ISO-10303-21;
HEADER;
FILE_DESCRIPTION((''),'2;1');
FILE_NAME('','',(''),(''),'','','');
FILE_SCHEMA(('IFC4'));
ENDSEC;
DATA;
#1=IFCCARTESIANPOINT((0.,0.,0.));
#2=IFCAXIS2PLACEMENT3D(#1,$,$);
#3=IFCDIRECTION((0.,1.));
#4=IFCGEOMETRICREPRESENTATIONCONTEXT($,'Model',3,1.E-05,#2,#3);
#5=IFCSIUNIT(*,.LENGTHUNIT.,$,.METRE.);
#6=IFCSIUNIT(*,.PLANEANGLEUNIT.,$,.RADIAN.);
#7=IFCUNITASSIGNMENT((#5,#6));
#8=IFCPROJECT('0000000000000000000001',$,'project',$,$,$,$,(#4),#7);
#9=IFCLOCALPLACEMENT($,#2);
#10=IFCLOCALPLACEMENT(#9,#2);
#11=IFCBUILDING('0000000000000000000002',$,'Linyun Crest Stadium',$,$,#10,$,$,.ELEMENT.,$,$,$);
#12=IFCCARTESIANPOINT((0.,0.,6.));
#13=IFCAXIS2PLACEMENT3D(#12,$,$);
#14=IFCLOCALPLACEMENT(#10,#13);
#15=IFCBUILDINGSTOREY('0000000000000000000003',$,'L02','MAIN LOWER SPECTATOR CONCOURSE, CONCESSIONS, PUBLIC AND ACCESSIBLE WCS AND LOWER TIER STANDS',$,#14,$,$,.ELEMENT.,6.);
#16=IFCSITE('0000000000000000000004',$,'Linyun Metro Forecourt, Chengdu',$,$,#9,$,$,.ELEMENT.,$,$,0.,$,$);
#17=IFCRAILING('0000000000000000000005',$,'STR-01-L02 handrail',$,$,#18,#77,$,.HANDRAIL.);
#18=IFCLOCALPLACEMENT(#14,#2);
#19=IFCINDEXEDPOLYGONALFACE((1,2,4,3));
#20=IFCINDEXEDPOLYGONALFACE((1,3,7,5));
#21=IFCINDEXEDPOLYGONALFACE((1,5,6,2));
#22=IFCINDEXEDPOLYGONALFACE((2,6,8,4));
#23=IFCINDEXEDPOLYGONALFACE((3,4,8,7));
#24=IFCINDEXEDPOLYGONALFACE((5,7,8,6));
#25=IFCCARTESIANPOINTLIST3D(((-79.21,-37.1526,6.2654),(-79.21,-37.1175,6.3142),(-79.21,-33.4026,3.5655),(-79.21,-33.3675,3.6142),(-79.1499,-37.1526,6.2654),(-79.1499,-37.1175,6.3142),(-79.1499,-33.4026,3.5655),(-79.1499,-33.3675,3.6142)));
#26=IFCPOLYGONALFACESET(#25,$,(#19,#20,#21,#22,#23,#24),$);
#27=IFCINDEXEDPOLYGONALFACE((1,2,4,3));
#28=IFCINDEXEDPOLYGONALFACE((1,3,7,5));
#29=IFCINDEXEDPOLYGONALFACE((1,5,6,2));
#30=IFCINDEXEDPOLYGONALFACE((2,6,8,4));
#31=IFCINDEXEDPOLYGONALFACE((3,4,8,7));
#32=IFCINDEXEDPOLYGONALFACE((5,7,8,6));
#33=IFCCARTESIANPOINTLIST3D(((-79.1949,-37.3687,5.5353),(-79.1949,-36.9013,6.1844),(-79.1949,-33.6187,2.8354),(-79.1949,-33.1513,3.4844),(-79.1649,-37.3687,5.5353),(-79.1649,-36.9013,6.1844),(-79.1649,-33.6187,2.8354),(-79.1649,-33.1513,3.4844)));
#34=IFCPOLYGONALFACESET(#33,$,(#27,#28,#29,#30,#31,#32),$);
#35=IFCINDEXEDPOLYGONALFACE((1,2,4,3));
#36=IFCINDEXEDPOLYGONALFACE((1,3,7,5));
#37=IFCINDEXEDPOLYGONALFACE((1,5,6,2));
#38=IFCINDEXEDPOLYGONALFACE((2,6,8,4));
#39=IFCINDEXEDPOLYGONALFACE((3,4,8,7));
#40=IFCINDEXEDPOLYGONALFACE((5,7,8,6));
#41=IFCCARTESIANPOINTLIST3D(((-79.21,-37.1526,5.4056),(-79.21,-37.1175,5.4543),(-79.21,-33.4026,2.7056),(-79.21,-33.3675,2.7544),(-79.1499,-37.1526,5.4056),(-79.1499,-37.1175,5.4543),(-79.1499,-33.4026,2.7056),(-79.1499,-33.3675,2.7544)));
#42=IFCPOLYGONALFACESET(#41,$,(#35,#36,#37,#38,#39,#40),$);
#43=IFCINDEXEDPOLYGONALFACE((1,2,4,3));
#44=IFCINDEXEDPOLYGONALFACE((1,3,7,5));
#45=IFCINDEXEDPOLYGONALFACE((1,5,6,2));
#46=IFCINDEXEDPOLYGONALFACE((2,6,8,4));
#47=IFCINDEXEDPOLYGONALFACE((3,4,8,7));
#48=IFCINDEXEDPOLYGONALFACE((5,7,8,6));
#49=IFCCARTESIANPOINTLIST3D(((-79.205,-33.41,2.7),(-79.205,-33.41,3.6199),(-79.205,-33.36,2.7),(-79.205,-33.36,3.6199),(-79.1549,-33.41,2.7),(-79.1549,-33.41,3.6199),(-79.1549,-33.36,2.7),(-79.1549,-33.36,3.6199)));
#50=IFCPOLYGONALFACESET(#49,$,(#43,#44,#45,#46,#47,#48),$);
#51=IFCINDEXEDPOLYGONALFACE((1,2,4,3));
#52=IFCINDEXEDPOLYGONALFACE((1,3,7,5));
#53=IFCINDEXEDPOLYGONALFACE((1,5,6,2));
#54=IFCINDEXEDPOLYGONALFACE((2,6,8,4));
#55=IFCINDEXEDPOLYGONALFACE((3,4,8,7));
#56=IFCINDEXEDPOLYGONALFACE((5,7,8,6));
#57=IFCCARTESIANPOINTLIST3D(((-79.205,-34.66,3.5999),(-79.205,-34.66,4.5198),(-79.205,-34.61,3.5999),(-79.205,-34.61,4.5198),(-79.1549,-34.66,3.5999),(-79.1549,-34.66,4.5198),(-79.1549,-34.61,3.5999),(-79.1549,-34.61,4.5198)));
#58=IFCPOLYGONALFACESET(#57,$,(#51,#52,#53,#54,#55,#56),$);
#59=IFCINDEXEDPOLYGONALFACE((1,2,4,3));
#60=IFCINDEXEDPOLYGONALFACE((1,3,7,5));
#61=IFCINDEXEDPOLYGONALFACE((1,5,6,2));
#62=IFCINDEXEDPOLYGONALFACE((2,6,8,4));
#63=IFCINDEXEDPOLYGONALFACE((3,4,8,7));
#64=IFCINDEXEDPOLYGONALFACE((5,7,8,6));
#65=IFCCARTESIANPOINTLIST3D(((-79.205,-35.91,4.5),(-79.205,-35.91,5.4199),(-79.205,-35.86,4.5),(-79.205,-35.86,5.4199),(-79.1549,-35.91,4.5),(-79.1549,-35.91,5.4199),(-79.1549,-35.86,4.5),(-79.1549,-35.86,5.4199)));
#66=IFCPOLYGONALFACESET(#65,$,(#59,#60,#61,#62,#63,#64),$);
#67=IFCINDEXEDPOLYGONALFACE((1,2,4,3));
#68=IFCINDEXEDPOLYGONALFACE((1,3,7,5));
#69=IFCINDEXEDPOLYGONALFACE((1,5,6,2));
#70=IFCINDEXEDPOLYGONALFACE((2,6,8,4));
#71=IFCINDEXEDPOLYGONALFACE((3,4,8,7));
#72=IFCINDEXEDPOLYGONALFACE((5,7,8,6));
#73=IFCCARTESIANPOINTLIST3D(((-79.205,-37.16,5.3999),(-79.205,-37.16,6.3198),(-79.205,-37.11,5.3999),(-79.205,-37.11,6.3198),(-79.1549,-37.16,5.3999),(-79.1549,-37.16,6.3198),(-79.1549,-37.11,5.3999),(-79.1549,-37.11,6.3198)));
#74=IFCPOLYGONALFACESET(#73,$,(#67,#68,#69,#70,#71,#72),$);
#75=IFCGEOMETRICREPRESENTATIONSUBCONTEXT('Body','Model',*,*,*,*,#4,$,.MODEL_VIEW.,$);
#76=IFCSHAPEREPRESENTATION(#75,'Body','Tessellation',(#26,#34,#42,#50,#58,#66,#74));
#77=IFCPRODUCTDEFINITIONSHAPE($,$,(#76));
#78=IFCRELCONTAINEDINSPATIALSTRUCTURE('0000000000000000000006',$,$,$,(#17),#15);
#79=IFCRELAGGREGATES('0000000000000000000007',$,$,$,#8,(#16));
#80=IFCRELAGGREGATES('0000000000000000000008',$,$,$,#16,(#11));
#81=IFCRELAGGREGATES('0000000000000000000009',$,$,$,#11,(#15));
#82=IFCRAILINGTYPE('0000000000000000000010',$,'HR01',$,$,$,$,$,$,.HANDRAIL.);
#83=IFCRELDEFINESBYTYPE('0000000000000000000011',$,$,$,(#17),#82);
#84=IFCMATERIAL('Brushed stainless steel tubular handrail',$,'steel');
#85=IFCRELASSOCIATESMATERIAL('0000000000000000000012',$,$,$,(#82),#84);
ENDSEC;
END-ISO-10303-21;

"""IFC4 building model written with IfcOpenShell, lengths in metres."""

from ifc_helpers import new_model, si_unit, direction, frame, origin, origin_2d, place, context, subcontext, project, spatial, rectangle, extrude, material, type_object, element, save


model = new_model("IFC4")

# Units and contexts
model_context = context("Model", 3, precision=1e-05, world=origin(), true_north=direction((0.0, 1.0)))
body_context = subcontext(model_context, "Body", "Model", "MODEL_VIEW")
ifc_project = project(units=[si_unit("LENGTHUNIT", "METRE"), si_unit("PLANEANGLEUNIT", "RADIAN")], contexts=[model_context])

# Site, building, storey
site_placement = place(None, origin())
site = spatial("IfcSite", under=ifc_project, at=site_placement, Name="Linyun Metro Forecourt, Chengdu", CompositionType="ELEMENT", RefElevation=0.0)
building_placement = place(site_placement, origin())
building = spatial("IfcBuilding", under=site, at=building_placement, Name="Linyun Crest Stadium", CompositionType="ELEMENT")
storey_placement = place(building_placement, frame((0.0, 0.0, 6.0)))
storey = spatial("IfcBuildingStorey", under=building, at=storey_placement, Name="L02", Description="MAIN LOWER SPECTATOR CONCOURSE, CONCESSIONS, PUBLIC AND ACCESSIBLE WCS AND LOWER TIER STANDS", CompositionType="ELEMENT", Elevation=6.0)

# Railing
ifc_material_1 = material(Name="Brushed stainless steel tubular handrail", Category="steel")
railing_type_1 = type_object("IfcRailingType", Name="HR01", PredefinedType="HANDRAIL", material=ifc_material_1)
railing_1_placement = place(storey_placement, frame((-79.1799, -33.385, 2.7)))
element("IfcRailing", 1, at=railing_1_placement, inside=storey, type_object=railing_type_1, Name="STR-01-L02 handrail", PredefinedType="HANDRAIL", context=body_context, shape_type="SweptSolid", body=[
    extrude(rectangle(XDim=0.0601, YDim=0.0601, at=origin_2d()), frame((0.0, 0.0, 0.8899), z_axis=(0.0, -0.811539, 0.584298), x_axis=(1.0, 0.0, 0.0)), (0.0, 0.0, 1.0), 4.6208),
    extrude(rectangle(XDim=0.03, YDim=0.7998, at=origin_2d()), frame((0.0, 0.0, 0.46), z_axis=(0.0, -0.811539, 0.584298), x_axis=(1.0, 0.0, 0.0)), (0.0, 0.0, 1.0), 4.6208),
    extrude(rectangle(XDim=0.0601, YDim=0.0601, at=origin_2d()), frame((0.0, 0.0, 0.03), z_axis=(0.0, -0.811539, 0.584298), x_axis=(1.0, 0.0, 0.0)), (0.0, 0.0, 1.0), 4.6208),
    extrude(rectangle(XDim=0.05, YDim=0.05, at=origin_2d()), origin(), (0.0, 0.0, 1.0), 0.9199),
    extrude(rectangle(XDim=0.05, YDim=0.05, at=origin_2d()), frame((0.0, -1.25, 0.8999)), (0.0, 0.0, 1.0), 0.9199),
    extrude(rectangle(XDim=0.05, YDim=0.05, at=origin_2d()), frame((0.0, -2.5, 1.8)), (0.0, 0.0, 1.0), 0.9199),
    extrude(rectangle(XDim=0.05, YDim=0.05, at=origin_2d()), frame((0.0, -3.75, 2.7)), (0.0, 0.0, 1.0), 0.9199),
])

save(model, "model.ifc")
